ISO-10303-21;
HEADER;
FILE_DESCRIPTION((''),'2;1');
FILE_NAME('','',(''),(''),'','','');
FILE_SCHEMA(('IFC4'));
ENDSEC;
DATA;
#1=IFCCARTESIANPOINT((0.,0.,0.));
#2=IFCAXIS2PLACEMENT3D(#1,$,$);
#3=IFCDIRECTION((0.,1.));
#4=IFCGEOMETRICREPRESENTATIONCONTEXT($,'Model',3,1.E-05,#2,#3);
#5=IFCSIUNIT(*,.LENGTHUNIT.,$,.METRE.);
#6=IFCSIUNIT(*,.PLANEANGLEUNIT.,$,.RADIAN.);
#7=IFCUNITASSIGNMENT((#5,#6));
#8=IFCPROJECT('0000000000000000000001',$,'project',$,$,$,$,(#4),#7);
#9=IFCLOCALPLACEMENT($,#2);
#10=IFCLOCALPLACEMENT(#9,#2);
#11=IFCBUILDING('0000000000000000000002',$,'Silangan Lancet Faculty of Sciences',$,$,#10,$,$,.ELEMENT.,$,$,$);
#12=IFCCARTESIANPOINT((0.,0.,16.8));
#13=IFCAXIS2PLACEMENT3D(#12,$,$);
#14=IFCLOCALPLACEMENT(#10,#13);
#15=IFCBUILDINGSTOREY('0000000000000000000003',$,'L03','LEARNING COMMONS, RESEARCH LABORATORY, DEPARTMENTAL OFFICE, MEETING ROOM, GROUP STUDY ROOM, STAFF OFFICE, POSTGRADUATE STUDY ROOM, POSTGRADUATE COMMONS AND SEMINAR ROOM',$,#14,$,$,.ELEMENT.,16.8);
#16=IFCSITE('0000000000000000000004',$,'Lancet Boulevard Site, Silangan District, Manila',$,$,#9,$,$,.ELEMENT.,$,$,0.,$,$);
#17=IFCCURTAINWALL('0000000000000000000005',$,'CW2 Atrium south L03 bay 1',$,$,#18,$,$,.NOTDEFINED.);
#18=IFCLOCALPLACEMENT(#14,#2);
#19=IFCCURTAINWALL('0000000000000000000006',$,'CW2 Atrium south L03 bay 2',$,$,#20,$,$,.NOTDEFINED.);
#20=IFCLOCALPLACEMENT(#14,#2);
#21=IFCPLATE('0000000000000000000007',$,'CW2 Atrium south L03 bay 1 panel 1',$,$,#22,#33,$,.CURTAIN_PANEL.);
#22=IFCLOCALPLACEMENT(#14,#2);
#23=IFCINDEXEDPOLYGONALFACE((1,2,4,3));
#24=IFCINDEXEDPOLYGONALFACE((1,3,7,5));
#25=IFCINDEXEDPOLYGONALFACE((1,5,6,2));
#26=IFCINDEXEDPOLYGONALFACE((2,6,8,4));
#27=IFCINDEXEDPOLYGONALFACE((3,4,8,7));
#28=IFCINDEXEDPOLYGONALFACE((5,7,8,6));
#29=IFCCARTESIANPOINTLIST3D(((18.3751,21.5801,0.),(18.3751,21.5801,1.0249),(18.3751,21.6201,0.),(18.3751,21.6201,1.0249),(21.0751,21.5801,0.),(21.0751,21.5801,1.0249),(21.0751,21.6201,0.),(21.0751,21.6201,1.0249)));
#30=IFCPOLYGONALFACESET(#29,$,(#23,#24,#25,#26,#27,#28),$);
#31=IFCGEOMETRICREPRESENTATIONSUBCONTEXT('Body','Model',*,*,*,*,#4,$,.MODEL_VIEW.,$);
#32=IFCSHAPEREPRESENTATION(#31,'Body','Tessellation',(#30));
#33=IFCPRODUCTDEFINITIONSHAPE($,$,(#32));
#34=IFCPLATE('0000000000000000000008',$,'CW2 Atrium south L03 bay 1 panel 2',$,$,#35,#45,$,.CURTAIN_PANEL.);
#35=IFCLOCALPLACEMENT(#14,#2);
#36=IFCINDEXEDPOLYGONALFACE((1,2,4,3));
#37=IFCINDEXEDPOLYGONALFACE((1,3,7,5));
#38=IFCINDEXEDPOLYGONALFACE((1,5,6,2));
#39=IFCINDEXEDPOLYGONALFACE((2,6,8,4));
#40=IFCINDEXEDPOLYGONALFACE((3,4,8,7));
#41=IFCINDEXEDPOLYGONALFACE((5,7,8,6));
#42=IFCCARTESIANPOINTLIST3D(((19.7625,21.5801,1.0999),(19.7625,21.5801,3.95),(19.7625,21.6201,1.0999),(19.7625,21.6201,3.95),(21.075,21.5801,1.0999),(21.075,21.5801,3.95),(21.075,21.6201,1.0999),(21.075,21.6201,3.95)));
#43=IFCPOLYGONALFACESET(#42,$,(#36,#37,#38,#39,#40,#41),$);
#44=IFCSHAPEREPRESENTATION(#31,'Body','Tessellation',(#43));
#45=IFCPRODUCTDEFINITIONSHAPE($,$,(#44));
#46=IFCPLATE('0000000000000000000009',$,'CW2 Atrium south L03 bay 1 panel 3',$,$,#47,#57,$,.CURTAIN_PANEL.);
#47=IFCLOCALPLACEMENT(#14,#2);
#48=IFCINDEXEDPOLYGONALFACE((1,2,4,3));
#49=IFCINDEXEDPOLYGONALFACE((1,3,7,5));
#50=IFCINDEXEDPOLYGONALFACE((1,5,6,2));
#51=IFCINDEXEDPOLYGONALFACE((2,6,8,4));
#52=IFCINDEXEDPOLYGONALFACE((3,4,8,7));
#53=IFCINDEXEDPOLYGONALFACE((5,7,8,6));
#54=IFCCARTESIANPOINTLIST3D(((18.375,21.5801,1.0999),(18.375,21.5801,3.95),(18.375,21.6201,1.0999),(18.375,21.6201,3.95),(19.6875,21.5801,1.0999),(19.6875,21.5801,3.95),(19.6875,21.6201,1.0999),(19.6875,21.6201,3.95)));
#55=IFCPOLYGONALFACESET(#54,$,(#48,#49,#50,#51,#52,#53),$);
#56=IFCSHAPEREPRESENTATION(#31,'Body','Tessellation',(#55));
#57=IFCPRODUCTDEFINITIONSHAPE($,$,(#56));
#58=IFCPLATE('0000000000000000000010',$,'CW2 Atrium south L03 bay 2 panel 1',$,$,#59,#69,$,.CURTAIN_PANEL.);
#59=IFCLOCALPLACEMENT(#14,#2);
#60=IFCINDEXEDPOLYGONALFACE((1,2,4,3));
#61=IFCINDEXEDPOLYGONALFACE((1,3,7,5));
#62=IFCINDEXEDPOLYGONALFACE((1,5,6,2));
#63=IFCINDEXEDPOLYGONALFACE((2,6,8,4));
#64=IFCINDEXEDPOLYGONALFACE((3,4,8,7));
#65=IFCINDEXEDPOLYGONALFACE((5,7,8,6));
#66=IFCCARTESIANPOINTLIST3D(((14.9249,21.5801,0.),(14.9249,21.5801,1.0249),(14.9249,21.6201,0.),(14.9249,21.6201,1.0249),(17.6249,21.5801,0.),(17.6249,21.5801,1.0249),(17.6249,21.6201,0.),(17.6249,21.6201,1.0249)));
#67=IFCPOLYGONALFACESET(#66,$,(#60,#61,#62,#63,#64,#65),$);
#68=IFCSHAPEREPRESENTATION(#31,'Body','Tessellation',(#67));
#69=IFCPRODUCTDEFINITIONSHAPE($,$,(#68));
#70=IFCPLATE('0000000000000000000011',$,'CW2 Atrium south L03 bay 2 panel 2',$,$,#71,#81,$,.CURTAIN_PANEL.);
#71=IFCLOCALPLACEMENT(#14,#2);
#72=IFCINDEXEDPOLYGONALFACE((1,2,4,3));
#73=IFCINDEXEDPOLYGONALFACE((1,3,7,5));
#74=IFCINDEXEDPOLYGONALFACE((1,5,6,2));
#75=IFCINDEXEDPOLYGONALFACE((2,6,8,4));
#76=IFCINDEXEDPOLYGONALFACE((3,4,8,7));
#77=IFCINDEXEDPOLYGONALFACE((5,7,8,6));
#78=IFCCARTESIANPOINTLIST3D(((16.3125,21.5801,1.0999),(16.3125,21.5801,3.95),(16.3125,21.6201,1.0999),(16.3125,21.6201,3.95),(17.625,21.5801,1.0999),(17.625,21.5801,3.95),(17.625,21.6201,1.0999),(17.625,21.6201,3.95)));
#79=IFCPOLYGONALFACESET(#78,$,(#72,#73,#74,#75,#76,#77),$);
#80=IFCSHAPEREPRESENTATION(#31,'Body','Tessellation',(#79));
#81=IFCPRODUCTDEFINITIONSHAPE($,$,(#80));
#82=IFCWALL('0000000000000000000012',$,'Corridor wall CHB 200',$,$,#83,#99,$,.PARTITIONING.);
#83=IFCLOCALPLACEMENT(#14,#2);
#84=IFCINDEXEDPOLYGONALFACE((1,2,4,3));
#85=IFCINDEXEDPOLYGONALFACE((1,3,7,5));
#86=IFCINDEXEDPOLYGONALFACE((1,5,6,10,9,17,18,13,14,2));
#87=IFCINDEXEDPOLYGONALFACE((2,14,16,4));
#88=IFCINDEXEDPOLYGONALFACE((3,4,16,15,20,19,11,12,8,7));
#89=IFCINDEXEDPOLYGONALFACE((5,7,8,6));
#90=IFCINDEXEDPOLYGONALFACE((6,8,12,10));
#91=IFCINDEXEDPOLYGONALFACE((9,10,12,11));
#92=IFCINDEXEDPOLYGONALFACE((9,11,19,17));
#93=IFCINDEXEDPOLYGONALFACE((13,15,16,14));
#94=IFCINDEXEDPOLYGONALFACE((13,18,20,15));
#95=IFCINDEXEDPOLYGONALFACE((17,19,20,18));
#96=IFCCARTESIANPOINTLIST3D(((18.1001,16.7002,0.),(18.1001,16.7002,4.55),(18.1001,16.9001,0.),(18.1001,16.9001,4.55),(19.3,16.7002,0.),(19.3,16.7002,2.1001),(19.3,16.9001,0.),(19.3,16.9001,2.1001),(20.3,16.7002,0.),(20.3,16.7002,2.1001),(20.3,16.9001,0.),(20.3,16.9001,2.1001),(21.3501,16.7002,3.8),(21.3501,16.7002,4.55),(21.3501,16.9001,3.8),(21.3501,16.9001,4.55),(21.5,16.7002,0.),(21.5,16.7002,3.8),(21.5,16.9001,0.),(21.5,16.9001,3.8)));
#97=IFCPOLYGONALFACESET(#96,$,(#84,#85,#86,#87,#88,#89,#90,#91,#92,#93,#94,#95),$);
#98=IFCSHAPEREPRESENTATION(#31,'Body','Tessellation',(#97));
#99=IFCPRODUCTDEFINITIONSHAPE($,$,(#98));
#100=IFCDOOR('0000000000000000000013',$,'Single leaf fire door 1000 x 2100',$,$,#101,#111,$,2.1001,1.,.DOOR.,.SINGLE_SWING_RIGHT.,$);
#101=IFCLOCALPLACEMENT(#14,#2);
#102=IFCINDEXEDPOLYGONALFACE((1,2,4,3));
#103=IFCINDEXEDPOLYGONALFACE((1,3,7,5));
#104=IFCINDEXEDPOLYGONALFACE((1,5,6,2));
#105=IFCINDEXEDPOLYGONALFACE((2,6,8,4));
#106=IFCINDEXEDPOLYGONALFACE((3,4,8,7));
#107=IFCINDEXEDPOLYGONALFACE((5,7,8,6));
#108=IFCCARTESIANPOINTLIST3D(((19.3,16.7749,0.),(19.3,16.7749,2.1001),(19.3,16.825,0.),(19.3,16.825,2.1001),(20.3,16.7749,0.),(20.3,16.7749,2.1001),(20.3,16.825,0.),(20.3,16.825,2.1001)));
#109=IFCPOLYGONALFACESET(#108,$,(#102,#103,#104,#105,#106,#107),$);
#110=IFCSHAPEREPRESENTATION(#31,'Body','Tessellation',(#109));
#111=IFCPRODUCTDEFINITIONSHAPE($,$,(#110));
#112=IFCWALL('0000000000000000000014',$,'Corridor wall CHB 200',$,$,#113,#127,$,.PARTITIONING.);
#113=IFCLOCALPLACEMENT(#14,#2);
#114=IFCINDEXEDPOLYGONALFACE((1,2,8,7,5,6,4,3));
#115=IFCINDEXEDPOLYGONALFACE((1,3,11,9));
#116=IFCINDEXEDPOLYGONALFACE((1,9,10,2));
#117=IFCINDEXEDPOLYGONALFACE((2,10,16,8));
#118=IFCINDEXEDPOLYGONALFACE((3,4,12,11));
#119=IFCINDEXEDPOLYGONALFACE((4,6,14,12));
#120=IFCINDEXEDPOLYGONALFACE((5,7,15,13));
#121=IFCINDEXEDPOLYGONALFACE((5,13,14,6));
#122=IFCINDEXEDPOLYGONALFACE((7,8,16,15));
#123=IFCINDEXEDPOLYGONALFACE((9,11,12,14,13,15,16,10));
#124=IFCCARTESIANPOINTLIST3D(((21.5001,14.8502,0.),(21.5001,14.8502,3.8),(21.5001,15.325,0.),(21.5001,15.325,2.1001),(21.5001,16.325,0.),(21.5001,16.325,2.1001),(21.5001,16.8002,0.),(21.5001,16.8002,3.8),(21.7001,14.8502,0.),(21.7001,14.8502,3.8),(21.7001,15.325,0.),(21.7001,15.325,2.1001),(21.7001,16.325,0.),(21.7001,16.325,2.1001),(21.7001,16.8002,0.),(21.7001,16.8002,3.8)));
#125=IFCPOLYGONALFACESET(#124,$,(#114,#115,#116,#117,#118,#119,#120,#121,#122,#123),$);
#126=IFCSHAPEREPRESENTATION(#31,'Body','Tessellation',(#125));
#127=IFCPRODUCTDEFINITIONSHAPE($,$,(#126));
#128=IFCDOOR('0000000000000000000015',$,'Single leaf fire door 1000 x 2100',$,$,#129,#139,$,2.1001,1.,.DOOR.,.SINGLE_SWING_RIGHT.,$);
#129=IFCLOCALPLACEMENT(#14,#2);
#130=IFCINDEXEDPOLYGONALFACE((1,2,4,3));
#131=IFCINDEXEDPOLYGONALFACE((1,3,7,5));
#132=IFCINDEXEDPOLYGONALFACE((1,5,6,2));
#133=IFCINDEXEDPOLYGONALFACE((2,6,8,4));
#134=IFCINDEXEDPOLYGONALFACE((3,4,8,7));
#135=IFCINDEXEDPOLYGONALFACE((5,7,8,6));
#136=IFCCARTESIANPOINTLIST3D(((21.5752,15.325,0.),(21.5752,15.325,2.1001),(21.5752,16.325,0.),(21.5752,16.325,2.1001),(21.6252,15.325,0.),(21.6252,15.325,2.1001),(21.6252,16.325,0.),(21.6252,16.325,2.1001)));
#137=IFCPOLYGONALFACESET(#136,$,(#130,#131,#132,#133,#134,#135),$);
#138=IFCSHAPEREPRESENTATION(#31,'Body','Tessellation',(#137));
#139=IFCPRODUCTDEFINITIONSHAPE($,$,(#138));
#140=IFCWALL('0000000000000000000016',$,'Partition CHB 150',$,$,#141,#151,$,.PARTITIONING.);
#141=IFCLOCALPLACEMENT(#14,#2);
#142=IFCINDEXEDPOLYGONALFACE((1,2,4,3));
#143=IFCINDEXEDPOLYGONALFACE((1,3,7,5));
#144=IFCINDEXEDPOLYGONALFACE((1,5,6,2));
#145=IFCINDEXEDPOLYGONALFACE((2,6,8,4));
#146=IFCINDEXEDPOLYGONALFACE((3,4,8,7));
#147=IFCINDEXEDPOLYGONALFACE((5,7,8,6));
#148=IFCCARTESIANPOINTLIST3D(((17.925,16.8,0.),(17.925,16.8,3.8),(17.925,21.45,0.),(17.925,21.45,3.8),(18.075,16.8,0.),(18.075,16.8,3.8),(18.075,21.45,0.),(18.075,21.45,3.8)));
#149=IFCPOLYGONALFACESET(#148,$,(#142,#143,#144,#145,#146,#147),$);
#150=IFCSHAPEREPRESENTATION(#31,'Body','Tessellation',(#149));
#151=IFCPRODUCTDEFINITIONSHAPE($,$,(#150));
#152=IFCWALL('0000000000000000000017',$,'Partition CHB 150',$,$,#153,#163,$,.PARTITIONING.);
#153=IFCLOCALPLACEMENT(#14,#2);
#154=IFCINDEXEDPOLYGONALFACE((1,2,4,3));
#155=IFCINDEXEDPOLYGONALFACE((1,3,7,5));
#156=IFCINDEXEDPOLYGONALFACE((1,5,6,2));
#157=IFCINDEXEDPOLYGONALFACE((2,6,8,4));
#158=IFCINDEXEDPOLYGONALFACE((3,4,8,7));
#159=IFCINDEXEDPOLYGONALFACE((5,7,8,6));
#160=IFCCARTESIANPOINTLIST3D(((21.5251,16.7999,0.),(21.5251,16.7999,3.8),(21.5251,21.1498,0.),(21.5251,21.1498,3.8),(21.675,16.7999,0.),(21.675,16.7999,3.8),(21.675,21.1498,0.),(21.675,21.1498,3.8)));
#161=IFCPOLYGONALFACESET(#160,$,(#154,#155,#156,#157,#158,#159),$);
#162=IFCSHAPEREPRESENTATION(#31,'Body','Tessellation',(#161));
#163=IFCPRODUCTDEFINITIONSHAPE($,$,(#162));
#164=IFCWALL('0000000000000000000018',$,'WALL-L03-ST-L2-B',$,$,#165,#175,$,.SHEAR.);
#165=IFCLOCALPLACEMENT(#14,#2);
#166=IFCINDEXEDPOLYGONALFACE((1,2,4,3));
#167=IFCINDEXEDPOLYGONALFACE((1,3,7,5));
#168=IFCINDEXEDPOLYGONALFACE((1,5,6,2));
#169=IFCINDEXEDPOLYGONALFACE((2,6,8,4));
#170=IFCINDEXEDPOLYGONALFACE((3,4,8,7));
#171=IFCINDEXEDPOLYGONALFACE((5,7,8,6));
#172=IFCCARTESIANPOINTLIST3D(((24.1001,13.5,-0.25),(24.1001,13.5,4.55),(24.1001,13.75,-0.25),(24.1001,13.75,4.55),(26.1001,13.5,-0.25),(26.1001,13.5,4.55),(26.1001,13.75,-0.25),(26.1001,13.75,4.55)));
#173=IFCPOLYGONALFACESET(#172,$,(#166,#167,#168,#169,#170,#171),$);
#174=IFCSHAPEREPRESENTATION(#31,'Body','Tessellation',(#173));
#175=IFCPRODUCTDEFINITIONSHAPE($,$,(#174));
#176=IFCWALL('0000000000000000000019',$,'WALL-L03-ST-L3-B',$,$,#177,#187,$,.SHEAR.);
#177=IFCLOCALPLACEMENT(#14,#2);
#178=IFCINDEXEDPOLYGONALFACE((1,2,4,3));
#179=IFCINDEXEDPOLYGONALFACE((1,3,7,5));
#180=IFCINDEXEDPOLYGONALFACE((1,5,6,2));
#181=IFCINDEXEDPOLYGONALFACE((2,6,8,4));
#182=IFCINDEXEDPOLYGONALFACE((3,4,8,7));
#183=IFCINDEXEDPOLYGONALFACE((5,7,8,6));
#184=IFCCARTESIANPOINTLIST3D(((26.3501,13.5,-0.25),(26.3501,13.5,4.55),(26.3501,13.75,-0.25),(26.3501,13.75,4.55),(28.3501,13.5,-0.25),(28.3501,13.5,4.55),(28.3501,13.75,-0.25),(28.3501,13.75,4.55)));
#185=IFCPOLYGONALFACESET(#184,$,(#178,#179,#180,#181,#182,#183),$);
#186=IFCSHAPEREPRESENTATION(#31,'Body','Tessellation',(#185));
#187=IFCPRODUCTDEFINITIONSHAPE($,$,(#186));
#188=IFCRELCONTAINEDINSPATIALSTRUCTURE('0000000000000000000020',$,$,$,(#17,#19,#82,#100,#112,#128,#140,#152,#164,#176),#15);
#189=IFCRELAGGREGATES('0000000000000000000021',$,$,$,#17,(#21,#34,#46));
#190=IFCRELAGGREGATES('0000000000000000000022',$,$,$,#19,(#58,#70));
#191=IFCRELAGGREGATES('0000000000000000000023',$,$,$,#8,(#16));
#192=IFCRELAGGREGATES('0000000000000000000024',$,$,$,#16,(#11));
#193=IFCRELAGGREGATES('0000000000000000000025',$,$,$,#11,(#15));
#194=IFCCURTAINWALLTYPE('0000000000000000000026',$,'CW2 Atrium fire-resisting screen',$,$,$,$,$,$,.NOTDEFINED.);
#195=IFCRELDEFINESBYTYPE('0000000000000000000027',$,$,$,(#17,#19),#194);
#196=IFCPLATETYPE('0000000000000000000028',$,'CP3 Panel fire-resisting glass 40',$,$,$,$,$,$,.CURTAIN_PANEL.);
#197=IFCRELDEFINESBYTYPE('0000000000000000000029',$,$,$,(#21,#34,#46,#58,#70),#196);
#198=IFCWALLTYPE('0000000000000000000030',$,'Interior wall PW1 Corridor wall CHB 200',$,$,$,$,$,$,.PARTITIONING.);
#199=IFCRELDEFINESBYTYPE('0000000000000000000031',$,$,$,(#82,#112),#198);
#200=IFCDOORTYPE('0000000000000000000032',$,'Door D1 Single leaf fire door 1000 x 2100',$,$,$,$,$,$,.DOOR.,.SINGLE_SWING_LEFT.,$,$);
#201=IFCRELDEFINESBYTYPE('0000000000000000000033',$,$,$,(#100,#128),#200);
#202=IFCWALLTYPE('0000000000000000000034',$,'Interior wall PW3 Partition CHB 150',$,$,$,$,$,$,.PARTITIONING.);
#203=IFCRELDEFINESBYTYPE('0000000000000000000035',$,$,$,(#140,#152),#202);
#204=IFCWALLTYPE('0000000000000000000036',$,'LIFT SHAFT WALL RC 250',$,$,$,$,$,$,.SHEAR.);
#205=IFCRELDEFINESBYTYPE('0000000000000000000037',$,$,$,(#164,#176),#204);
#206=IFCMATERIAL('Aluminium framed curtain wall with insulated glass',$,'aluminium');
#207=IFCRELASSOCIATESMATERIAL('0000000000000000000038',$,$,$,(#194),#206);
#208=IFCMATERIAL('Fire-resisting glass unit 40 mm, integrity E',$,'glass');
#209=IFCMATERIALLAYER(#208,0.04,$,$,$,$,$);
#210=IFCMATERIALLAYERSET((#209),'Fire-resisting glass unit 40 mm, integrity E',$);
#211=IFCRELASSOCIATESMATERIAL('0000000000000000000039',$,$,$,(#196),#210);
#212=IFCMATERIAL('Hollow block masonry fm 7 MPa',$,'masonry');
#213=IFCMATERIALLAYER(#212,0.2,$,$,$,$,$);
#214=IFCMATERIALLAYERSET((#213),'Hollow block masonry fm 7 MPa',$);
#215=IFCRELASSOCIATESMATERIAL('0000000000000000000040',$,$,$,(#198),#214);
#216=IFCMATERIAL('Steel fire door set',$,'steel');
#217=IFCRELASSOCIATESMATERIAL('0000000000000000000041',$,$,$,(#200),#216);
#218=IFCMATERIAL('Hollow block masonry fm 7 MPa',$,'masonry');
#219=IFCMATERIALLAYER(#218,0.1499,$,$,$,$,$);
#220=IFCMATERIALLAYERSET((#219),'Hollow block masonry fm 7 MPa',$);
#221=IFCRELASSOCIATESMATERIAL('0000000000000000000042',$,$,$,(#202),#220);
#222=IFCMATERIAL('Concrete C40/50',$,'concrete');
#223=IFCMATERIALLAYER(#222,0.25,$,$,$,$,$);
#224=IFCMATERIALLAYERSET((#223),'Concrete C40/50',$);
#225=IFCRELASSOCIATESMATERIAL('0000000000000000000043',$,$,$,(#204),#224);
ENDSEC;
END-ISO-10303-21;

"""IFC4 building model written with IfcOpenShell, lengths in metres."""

from ifc_helpers import new_model, si_unit, direction, frame, frame_2d, origin, origin_2d, place, context, subcontext, project, spatial, polyline, rectangle, outline, extrude, material, layer, layer_set, type_object, element, fill, aggregate, save


model = new_model("IFC4")

# Units and contexts
model_context = context("Model", 3, precision=1e-05, world=origin(), true_north=direction((0.0, 1.0)))
body_context = subcontext(model_context, "Body", "Model", "MODEL_VIEW")
ifc_project = project(units=[si_unit("LENGTHUNIT", "METRE"), si_unit("PLANEANGLEUNIT", "RADIAN")], contexts=[model_context])

# Site, building, storey
site_placement = place(None, origin())
site = spatial("IfcSite", under=ifc_project, at=site_placement, Name="Lancet Boulevard Site, Silangan District, Manila", CompositionType="ELEMENT", RefElevation=0.0)
building_placement = place(site_placement, origin())
building = spatial("IfcBuilding", under=site, at=building_placement, Name="Silangan Lancet Faculty of Sciences", CompositionType="ELEMENT")
storey_placement = place(building_placement, frame((0.0, 0.0, 16.8)))
storey = spatial("IfcBuildingStorey", under=building, at=storey_placement, Name="L03", Description="LEARNING COMMONS, RESEARCH LABORATORY, DEPARTMENTAL OFFICE, MEETING ROOM, GROUP STUDY ROOM, STAFF OFFICE, POSTGRADUATE STUDY ROOM, POSTGRADUATE COMMONS AND SEMINAR ROOM", CompositionType="ELEMENT", Elevation=16.8)

# Curtain walls
ifc_material_1 = material(Name="Aluminium framed curtain wall with insulated glass", Category="aluminium")
curtain_wall_type = type_object("IfcCurtainWallType", Name="CW2 Atrium fire-resisting screen", PredefinedType="NOTDEFINED", material=ifc_material_1)
curtain_wall_1_placement = place(storey_placement, origin())
curtain_wall_1 = element("IfcCurtainWall", 1, at=curtain_wall_1_placement, inside=storey, type_object=curtain_wall_type, Name="CW2 Atrium south L03 bay 1", PredefinedType="NOTDEFINED")
curtain_wall_2_placement = place(storey_placement, origin())
curtain_wall_2 = element("IfcCurtainWall", 2, at=curtain_wall_2_placement, inside=storey, type_object=curtain_wall_type, Name="CW2 Atrium south L03 bay 2", PredefinedType="NOTDEFINED")

# Plates
ifc_material_2 = material(Name="Fire-resisting glass unit 40 mm, integrity E", Category="glass")
ifc_layer_1 = layer(ifc_material_2, 0.04)
ifc_layer_set_1 = layer_set([ifc_layer_1], Name="Fire-resisting glass unit 40 mm, integrity E")
plate_type = type_object("IfcPlateType", Name="CP3 Panel fire-resisting glass 40", PredefinedType="CURTAIN_PANEL", material=ifc_layer_set_1)
plate_1_placement = place(storey_placement, frame((19.7251, 21.6001, 0.0), z_axis=(0.0, 0.0, 1.0), x_axis=(-1.0, 0.0, 0.0)))
plate_1 = element("IfcPlate", 3, at=plate_1_placement, type_object=plate_type, Name="CW2 Atrium south L03 bay 1 panel 1", PredefinedType="CURTAIN_PANEL", context=body_context, shape_type="SweptSolid", body=[
    extrude(rectangle(XDim=2.7, YDim=0.04, at=origin_2d()), origin(), (0.0, 0.0, 1.0), 1.0249),
])
plate_2_placement = place(storey_placement, frame((20.4187, 21.6001, 1.0999), z_axis=(0.0, 0.0, 1.0), x_axis=(-1.0, 0.0, 0.0)))
plate_2 = element("IfcPlate", 4, at=plate_2_placement, type_object=plate_type, Name="CW2 Atrium south L03 bay 1 panel 2", PredefinedType="CURTAIN_PANEL", context=body_context, shape_type="SweptSolid", body=[
    extrude(rectangle(XDim=1.3125, YDim=0.04, at=origin_2d()), origin(), (0.0, 0.0, 1.0), 2.8501),
])
plate_3_placement = place(storey_placement, frame((19.0312, 21.6001, 1.0999), z_axis=(0.0, 0.0, 1.0), x_axis=(-1.0, 0.0, 0.0)))
plate_3 = element("IfcPlate", 5, at=plate_3_placement, type_object=plate_type, Name="CW2 Atrium south L03 bay 1 panel 3", PredefinedType="CURTAIN_PANEL", context=body_context, shape_type="SweptSolid", body=[
    extrude(rectangle(XDim=1.3125, YDim=0.04, at=origin_2d()), origin(), (0.0, 0.0, 1.0), 2.8501),
])
aggregate(curtain_wall_1, [plate_1, plate_2, plate_3])
plate_4_placement = place(storey_placement, frame((16.2749, 21.6001, 0.0), z_axis=(0.0, 0.0, 1.0), x_axis=(-1.0, 0.0, 0.0)))
plate_4 = element("IfcPlate", 6, at=plate_4_placement, type_object=plate_type, Name="CW2 Atrium south L03 bay 2 panel 1", PredefinedType="CURTAIN_PANEL", context=body_context, shape_type="SweptSolid", body=[
    extrude(rectangle(XDim=2.7, YDim=0.04, at=origin_2d()), origin(), (0.0, 0.0, 1.0), 1.0249),
])
plate_5_placement = place(storey_placement, frame((16.9688, 21.6001, 1.0999), z_axis=(0.0, 0.0, 1.0), x_axis=(-1.0, 0.0, 0.0)))
plate_5 = element("IfcPlate", 7, at=plate_5_placement, type_object=plate_type, Name="CW2 Atrium south L03 bay 2 panel 2", PredefinedType="CURTAIN_PANEL", context=body_context, shape_type="SweptSolid", body=[
    extrude(rectangle(XDim=1.3125, YDim=0.04, at=origin_2d()), origin(), (0.0, 0.0, 1.0), 2.8501),
])
aggregate(curtain_wall_2, [plate_4, plate_5])

# Walls, openings, doors
ifc_material_3 = material(Name="Hollow block masonry fm 7 MPa", Category="masonry")
ifc_layer_2 = layer(ifc_material_3, 0.2)
ifc_layer_set_2 = layer_set([ifc_layer_2], Name="Hollow block masonry fm 7 MPa")
wall_type_1 = type_object("IfcWallType", Name="Interior wall PW1 Corridor wall CHB 200", PredefinedType="PARTITIONING", material=ifc_layer_set_2)
wall_1_placement = place(storey_placement, frame((18.1001, 16.8, 0.0), z_axis=(0.0, 0.0, 1.0), x_axis=(1.0, 0.0, 0.0)))
wall_1 = element("IfcWall", 8, at=wall_1_placement, inside=storey, type_object=wall_type_1, Name="Corridor wall CHB 200", PredefinedType="PARTITIONING", context=body_context, shape_type="SweptSolid", body=[
    extrude(outline(polyline([(0.0, 0.0), (3.3999, 0.0), (3.3999, 3.8), (3.25, 3.8), (3.25, 4.55), (0.0, 4.55), (0.0, 0.0)])), frame((0.0, 0.1001, 0.0), z_axis=(0.0, -1.0, 0.0), x_axis=(1.0, 0.0, 0.0)), (0.0, 0.0, 1.0), 0.2),
])
opening_1_placement = place(wall_1_placement, frame((1.2, 0.0, 0.0)))
opening_1 = element("IfcOpeningElement", 9, at=opening_1_placement, cuts=wall_1, PredefinedType="OPENING", context=body_context, shape_type="SweptSolid", body=[
    extrude(rectangle(XDim=1.0, YDim=2.1001, at=frame_2d((0.5, 1.05))), frame((0.0, 0.1099, 0.0), z_axis=(0.0, -1.0, 0.0), x_axis=(1.0, 0.0, 0.0)), (0.0, 0.0, 1.0), 0.22),
])
ifc_material_4 = material(Name="Steel fire door set", Category="steel")
door_type = type_object("IfcDoorType", Name="Door D1 Single leaf fire door 1000 x 2100", OperationType="SINGLE_SWING_LEFT", PredefinedType="DOOR", material=ifc_material_4)
door_1_placement = place(opening_1_placement, origin())
door_1 = element("IfcDoor", 10, at=door_1_placement, inside=storey, type_object=door_type, Name="Single leaf fire door 1000 x 2100", OperationType="SINGLE_SWING_RIGHT", OverallHeight=2.1001, OverallWidth=1.0, PredefinedType="DOOR", context=body_context, shape_type="SweptSolid", body=[
    extrude(rectangle(XDim=1.0, YDim=2.1001, at=frame_2d((0.5, 1.05))), frame((0.0, 0.0249, 0.0), z_axis=(0.0, -1.0, 0.0), x_axis=(1.0, 0.0, 0.0)), (0.0, 0.0, 1.0), 0.05),
])
fill(opening_1, door_1)
wall_2_placement = place(storey_placement, frame((21.6001, 14.8501, 0.0), z_axis=(0.0, 0.0, 1.0), x_axis=(0.0, 1.0, 0.0)))
wall_2 = element("IfcWall", 11, at=wall_2_placement, inside=storey, type_object=wall_type_1, Name="Corridor wall CHB 200", PredefinedType="PARTITIONING", context=body_context, shape_type="SweptSolid", body=[
    extrude(rectangle(XDim=1.95, YDim=0.2, at=frame_2d((0.9751, 0.0))), origin(), (0.0, 0.0, 1.0), 3.8),
])
opening_2_placement = place(wall_2_placement, frame((0.4749, 0.0, 0.0)))
opening_2 = element("IfcOpeningElement", 12, at=opening_2_placement, cuts=wall_2, PredefinedType="OPENING", context=body_context, shape_type="SweptSolid", body=[
    extrude(rectangle(XDim=1.0, YDim=2.1001, at=frame_2d((0.5, 1.05))), frame((0.0, 0.1099, 0.0), z_axis=(0.0, -1.0, 0.0), x_axis=(1.0, 0.0, 0.0)), (0.0, 0.0, 1.0), 0.22),
])
door_2_placement = place(opening_2_placement, frame((1.0, 0.0, 0.0), z_axis=(0.0, 0.0, 1.0), x_axis=(-1.0, 0.0, 0.0)))
door_2 = element("IfcDoor", 13, at=door_2_placement, inside=storey, type_object=door_type, Name="Single leaf fire door 1000 x 2100", OperationType="SINGLE_SWING_RIGHT", OverallHeight=2.1001, OverallWidth=1.0, PredefinedType="DOOR", context=body_context, shape_type="SweptSolid", body=[
    extrude(rectangle(XDim=1.0, YDim=2.1001, at=frame_2d((0.5, 1.05))), frame((0.0, 0.0251, 0.0), z_axis=(0.0, -1.0, 0.0), x_axis=(1.0, 0.0, 0.0)), (0.0, 0.0, 1.0), 0.05),
])
fill(opening_2, door_2)

# Walls
ifc_material_5 = material(Name="Hollow block masonry fm 7 MPa", Category="masonry")
ifc_layer_3 = layer(ifc_material_5, 0.1499)
ifc_layer_set_3 = layer_set([ifc_layer_3], Name="Hollow block masonry fm 7 MPa")
wall_type_2 = type_object("IfcWallType", Name="Interior wall PW3 Partition CHB 150", PredefinedType="PARTITIONING", material=ifc_layer_set_3)
wall_3_placement = place(storey_placement, frame((18.0, 16.8, 0.0), z_axis=(0.0, 0.0, 1.0), x_axis=(0.0, 1.0, 0.0)))
element("IfcWall", 14, at=wall_3_placement, inside=storey, type_object=wall_type_2, Name="Partition CHB 150", PredefinedType="PARTITIONING", context=body_context, shape_type="SweptSolid", body=[
    extrude(rectangle(XDim=4.6499, YDim=0.1499, at=frame_2d((2.325, 0.0))), origin(), (0.0, 0.0, 1.0), 3.8),
])
wall_4_placement = place(storey_placement, frame((21.6001, 16.8, 0.0), z_axis=(0.0, 0.0, 1.0), x_axis=(0.0, 1.0, 0.0)))
element("IfcWall", 15, at=wall_4_placement, inside=storey, type_object=wall_type_2, Name="Partition CHB 150", PredefinedType="PARTITIONING", context=body_context, shape_type="SweptSolid", body=[
    extrude(rectangle(XDim=4.3499, YDim=0.1499, at=frame_2d((2.1748, 0.0))), origin(), (0.0, 0.0, 1.0), 3.8),
])
ifc_material_6 = material(Name="Concrete C40/50", Category="concrete")
ifc_layer_4 = layer(ifc_material_6, 0.25)
ifc_layer_set_4 = layer_set([ifc_layer_4], Name="Concrete C40/50")
wall_type_3 = type_object("IfcWallType", Name="LIFT SHAFT WALL RC 250", PredefinedType="SHEAR", material=ifc_layer_set_4)
for number, where, z_axis, x_axis, name in (
    (16, (24.1001, 13.625, -0.25), (0.0, 0.0, 1.0), (1.0, 0.0, 0.0), "WALL-L03-ST-L2-B"),
    (17, (26.3501, 13.625, -0.25), (0.0, 0.0, 1.0), (1.0, 0.0, 0.0), "WALL-L03-ST-L3-B"),
):
    element("IfcWall", number, at=place(storey_placement, frame(where, z_axis=z_axis, x_axis=x_axis)), inside=storey, type_object=wall_type_3, Name=name, PredefinedType="SHEAR", context=body_context, shape_type="SweptSolid", body=[
        extrude(rectangle(XDim=2.0, YDim=0.25, at=frame_2d((1.0, 0.0))), origin(), (0.0, 0.0, 1.0), 4.8),
    ])

save(model, "model.ifc")
